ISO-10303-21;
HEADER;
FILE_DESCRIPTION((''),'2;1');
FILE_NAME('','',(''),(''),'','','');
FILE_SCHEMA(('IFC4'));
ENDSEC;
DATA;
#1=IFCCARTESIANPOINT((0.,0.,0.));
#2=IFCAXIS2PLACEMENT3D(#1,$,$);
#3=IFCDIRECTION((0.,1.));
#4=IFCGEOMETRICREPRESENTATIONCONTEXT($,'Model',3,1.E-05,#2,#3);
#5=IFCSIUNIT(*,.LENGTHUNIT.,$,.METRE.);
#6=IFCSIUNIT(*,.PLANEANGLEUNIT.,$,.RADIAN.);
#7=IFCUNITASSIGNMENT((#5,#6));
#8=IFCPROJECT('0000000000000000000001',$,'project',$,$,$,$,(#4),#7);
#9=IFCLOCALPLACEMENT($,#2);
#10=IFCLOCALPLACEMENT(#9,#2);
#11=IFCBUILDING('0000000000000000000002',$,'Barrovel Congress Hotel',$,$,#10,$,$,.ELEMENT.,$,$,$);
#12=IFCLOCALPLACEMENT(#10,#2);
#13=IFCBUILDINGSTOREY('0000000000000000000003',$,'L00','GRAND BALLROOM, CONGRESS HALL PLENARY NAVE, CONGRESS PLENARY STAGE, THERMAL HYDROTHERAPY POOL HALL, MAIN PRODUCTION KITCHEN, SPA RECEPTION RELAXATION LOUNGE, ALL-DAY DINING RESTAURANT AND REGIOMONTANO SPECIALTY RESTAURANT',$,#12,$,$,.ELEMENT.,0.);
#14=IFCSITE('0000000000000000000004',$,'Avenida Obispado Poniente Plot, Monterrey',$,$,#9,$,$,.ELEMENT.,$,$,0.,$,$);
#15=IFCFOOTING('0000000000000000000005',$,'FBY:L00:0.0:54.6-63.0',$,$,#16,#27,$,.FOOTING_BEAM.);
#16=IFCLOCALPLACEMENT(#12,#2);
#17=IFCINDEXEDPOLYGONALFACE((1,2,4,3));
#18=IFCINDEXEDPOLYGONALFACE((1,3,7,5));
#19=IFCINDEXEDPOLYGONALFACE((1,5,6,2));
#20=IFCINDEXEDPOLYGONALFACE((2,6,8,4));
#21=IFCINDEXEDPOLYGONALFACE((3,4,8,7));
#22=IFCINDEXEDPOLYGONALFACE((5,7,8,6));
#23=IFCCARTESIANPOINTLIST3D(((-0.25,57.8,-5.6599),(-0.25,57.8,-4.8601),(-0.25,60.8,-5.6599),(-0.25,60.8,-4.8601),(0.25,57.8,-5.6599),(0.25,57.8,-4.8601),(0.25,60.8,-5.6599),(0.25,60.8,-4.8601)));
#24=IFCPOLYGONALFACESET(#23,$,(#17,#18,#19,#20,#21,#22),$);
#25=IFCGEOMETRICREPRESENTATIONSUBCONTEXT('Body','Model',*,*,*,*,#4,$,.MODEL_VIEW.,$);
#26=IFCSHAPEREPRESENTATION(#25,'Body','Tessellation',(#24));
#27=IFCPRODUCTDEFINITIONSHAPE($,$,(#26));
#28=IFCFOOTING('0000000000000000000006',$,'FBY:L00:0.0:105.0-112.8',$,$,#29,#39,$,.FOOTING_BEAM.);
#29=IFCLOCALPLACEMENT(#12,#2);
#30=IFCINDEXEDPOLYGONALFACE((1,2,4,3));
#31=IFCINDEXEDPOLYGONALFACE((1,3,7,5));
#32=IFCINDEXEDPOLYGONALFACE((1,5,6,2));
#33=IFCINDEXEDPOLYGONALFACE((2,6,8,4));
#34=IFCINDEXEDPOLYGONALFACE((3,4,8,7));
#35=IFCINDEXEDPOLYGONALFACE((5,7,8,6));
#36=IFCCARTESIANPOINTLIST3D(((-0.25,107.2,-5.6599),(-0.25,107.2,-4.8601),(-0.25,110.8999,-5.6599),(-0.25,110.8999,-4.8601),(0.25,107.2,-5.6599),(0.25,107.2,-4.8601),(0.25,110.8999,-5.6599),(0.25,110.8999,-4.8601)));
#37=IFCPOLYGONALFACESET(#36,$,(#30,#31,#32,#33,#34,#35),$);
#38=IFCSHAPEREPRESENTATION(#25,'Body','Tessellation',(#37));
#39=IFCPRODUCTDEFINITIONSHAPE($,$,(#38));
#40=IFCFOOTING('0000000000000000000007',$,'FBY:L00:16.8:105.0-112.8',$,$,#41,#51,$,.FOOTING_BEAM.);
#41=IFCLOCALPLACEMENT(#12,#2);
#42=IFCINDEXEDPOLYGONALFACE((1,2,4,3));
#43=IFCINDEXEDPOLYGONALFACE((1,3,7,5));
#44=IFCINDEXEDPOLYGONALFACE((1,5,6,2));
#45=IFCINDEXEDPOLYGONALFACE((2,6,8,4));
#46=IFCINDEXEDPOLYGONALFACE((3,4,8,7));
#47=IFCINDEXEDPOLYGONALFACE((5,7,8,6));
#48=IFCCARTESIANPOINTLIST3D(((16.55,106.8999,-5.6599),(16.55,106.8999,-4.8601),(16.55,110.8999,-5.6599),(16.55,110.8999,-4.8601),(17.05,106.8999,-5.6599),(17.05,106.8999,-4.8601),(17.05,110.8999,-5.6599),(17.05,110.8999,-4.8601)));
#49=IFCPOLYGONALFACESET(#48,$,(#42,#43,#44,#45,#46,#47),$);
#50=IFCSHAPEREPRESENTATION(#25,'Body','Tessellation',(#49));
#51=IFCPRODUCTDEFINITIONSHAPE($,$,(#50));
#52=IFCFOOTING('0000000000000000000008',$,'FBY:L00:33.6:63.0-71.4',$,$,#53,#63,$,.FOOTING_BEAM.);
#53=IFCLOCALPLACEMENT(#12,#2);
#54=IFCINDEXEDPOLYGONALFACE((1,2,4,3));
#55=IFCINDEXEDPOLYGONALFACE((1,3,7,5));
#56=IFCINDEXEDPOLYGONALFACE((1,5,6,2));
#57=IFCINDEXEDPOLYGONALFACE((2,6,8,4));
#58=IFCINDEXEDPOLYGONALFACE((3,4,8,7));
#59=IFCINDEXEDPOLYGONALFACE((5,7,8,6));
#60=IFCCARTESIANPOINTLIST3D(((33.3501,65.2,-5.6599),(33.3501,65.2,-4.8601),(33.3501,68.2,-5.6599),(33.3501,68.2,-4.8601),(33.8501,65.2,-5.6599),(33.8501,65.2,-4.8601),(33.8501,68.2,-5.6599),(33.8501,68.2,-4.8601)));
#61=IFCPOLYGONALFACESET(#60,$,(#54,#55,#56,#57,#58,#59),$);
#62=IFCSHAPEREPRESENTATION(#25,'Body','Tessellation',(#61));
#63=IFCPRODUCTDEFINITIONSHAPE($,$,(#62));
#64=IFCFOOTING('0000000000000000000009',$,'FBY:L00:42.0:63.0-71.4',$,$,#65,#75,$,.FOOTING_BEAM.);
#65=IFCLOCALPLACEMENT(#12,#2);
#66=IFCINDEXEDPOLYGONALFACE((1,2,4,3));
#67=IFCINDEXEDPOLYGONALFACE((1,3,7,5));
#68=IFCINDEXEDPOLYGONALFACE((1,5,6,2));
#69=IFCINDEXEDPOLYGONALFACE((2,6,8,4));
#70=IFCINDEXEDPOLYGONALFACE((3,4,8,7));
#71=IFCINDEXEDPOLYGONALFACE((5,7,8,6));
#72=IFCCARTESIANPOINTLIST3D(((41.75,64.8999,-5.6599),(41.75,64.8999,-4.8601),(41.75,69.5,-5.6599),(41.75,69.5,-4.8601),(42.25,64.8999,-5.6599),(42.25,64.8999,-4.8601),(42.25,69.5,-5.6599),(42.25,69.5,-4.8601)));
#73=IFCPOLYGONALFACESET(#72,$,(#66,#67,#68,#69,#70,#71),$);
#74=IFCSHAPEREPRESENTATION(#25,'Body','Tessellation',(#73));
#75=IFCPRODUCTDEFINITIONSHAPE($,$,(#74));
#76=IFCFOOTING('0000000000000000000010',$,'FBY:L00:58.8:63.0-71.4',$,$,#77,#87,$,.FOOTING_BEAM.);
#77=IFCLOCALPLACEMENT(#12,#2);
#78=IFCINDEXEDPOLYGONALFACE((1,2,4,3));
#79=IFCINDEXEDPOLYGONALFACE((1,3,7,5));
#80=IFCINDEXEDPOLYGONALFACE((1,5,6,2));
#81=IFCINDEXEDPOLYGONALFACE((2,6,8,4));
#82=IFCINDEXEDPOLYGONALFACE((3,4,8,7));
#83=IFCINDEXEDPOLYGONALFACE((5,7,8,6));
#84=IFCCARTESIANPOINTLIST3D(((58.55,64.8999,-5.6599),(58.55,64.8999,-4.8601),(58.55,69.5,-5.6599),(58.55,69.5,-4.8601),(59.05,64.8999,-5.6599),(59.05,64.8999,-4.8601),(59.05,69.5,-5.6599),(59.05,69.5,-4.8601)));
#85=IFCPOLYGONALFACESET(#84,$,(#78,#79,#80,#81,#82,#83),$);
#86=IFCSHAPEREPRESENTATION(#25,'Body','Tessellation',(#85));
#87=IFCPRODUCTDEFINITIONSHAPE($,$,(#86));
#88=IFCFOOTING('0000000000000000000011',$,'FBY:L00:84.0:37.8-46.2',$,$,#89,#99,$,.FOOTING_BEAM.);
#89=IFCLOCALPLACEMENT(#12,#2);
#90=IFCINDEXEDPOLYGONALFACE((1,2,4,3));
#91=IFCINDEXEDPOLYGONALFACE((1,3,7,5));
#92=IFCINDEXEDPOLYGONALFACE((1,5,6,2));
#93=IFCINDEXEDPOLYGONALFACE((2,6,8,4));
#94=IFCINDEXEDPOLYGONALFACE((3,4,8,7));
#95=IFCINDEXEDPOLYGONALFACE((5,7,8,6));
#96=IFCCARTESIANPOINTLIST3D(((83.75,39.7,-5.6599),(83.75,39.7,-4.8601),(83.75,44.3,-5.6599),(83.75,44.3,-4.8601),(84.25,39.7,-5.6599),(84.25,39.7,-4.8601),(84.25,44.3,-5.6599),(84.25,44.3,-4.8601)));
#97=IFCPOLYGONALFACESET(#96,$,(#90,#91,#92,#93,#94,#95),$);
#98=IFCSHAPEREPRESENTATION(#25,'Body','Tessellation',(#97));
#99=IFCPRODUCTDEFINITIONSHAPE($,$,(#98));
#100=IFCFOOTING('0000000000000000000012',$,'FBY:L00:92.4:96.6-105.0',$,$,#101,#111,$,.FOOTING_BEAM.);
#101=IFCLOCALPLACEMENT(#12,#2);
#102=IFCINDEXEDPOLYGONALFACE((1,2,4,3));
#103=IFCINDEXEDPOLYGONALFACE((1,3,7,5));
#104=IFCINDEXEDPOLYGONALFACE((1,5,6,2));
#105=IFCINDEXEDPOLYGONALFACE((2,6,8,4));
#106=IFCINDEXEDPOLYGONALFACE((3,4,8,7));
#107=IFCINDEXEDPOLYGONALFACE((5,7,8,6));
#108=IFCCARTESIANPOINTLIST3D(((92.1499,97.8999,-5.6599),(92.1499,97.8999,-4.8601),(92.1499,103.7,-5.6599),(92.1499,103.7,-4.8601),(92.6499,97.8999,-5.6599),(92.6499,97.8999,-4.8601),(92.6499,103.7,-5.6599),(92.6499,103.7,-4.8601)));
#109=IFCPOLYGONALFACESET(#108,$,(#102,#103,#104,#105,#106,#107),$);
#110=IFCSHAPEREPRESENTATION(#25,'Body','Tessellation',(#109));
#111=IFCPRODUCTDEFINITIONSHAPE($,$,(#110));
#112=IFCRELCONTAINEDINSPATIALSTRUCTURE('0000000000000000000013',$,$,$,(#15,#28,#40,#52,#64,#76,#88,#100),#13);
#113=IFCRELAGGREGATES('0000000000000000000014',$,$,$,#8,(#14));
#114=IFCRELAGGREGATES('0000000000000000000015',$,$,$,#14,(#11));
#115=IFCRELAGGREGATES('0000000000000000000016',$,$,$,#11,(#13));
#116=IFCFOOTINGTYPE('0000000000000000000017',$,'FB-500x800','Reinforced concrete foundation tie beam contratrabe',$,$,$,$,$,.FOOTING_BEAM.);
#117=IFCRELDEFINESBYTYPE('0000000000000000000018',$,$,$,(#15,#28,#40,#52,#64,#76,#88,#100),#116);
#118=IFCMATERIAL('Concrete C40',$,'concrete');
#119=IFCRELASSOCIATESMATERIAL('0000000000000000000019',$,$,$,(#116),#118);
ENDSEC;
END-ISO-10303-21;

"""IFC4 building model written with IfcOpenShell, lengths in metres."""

from ifc_helpers import new_model, si_unit, direction, frame, origin, place, context, subcontext, project, spatial, polyline, outline, extrude, material, type_object, element, save


model = new_model("IFC4")

# Units and contexts
model_context = context("Model", 3, precision=1e-05, world=origin(), true_north=direction((0.0, 1.0)))
body_context = subcontext(model_context, "Body", "Model", "MODEL_VIEW")
ifc_project = project(units=[si_unit("LENGTHUNIT", "METRE"), si_unit("PLANEANGLEUNIT", "RADIAN")], contexts=[model_context])

# Site, building, storey
site_placement = place(None, origin())
site = spatial("IfcSite", under=ifc_project, at=site_placement, Name="Avenida Obispado Poniente Plot, Monterrey", CompositionType="ELEMENT", RefElevation=0.0)
building_placement = place(site_placement, origin())
building = spatial("IfcBuilding", under=site, at=building_placement, Name="Barrovel Congress Hotel", CompositionType="ELEMENT")
storey_placement = place(building_placement, origin())
storey = spatial("IfcBuildingStorey", under=building, at=storey_placement, Name="L00", Description="GRAND BALLROOM, CONGRESS HALL PLENARY NAVE, CONGRESS PLENARY STAGE, THERMAL HYDROTHERAPY POOL HALL, MAIN PRODUCTION KITCHEN, SPA RECEPTION RELAXATION LOUNGE, ALL-DAY DINING RESTAURANT AND REGIOMONTANO SPECIALTY RESTAURANT", CompositionType="ELEMENT", Elevation=0.0)

# Footings
ifc_material = material(Name="Concrete C40", Category="concrete")
footing_type_1 = type_object("IfcFootingType", Name="FB-500x800", Description="Reinforced concrete foundation tie beam contratrabe", PredefinedType="FOOTING_BEAM", material=ifc_material)
footing_1_placement = place(storey_placement, frame((0.0, 0.0, -5.6599)))
element("IfcFooting", 1, at=footing_1_placement, inside=storey, type_object=footing_type_1, Name="FBY:L00:0.0:54.6-63.0", PredefinedType="FOOTING_BEAM", context=body_context, shape_type="SweptSolid", body=[
    extrude(outline(polyline([(-0.25, 57.8), (0.25, 57.8), (0.25, 60.8), (-0.25, 60.8), (-0.25, 57.8)])), origin(), (0.0, 0.0, 1.0), 0.7998),
])
footing_2_placement = place(storey_placement, frame((0.0, 0.0, -5.6599)))
element("IfcFooting", 2, at=footing_2_placement, inside=storey, type_object=footing_type_1, Name="FBY:L00:0.0:105.0-112.8", PredefinedType="FOOTING_BEAM", context=body_context, shape_type="SweptSolid", body=[
    extrude(outline(polyline([(-0.25, 107.2), (0.25, 107.2), (0.25, 110.8999), (-0.25, 110.8999), (-0.25, 107.2)])), origin(), (0.0, 0.0, 1.0), 0.7998),
])
footing_3_placement = place(storey_placement, frame((0.0, 0.0, -5.6599)))
element("IfcFooting", 3, at=footing_3_placement, inside=storey, type_object=footing_type_1, Name="FBY:L00:16.8:105.0-112.8", PredefinedType="FOOTING_BEAM", context=body_context, shape_type="SweptSolid", body=[
    extrude(outline(polyline([(16.55, 106.8999), (17.05, 106.8999), (17.05, 110.8999), (16.55, 110.8999), (16.55, 106.8999)])), origin(), (0.0, 0.0, 1.0), 0.7998),
])
footing_4_placement = place(storey_placement, frame((0.0, 0.0, -5.6599)))
element("IfcFooting", 4, at=footing_4_placement, inside=storey, type_object=footing_type_1, Name="FBY:L00:33.6:63.0-71.4", PredefinedType="FOOTING_BEAM", context=body_context, shape_type="SweptSolid", body=[
    extrude(outline(polyline([(33.3501, 65.2), (33.8501, 65.2), (33.8501, 68.2), (33.3501, 68.2), (33.3501, 65.2)])), origin(), (0.0, 0.0, 1.0), 0.7998),
])
footing_5_placement = place(storey_placement, frame((0.0, 0.0, -5.6599)))
element("IfcFooting", 5, at=footing_5_placement, inside=storey, type_object=footing_type_1, Name="FBY:L00:42.0:63.0-71.4", PredefinedType="FOOTING_BEAM", context=body_context, shape_type="SweptSolid", body=[
    extrude(outline(polyline([(41.75, 64.8999), (42.25, 64.8999), (42.25, 69.5), (41.75, 69.5), (41.75, 64.8999)])), origin(), (0.0, 0.0, 1.0), 0.7998),
])
footing_6_placement = place(storey_placement, frame((0.0, 0.0, -5.6599)))
element("IfcFooting", 6, at=footing_6_placement, inside=storey, type_object=footing_type_1, Name="FBY:L00:58.8:63.0-71.4", PredefinedType="FOOTING_BEAM", context=body_context, shape_type="SweptSolid", body=[
    extrude(outline(polyline([(58.55, 64.8999), (59.05, 64.8999), (59.05, 69.5), (58.55, 69.5), (58.55, 64.8999)])), origin(), (0.0, 0.0, 1.0), 0.7998),
])
footing_7_placement = place(storey_placement, frame((0.0, 0.0, -5.6599)))
element("IfcFooting", 7, at=footing_7_placement, inside=storey, type_object=footing_type_1, Name="FBY:L00:84.0:37.8-46.2", PredefinedType="FOOTING_BEAM", context=body_context, shape_type="SweptSolid", body=[
    extrude(outline(polyline([(83.75, 39.7), (84.25, 39.7), (84.25, 44.3), (83.75, 44.3), (83.75, 39.7)])), origin(), (0.0, 0.0, 1.0), 0.7998),
])
footing_8_placement = place(storey_placement, frame((0.0, 0.0, -5.6599)))
element("IfcFooting", 8, at=footing_8_placement, inside=storey, type_object=footing_type_1, Name="FBY:L00:92.4:96.6-105.0", PredefinedType="FOOTING_BEAM", context=body_context, shape_type="SweptSolid", body=[
    extrude(outline(polyline([(92.1499, 97.8999), (92.6499, 97.8999), (92.6499, 103.7), (92.1499, 103.7), (92.1499, 97.8999)])), origin(), (0.0, 0.0, 1.0), 0.7998),
])

save(model, "model.ifc")
